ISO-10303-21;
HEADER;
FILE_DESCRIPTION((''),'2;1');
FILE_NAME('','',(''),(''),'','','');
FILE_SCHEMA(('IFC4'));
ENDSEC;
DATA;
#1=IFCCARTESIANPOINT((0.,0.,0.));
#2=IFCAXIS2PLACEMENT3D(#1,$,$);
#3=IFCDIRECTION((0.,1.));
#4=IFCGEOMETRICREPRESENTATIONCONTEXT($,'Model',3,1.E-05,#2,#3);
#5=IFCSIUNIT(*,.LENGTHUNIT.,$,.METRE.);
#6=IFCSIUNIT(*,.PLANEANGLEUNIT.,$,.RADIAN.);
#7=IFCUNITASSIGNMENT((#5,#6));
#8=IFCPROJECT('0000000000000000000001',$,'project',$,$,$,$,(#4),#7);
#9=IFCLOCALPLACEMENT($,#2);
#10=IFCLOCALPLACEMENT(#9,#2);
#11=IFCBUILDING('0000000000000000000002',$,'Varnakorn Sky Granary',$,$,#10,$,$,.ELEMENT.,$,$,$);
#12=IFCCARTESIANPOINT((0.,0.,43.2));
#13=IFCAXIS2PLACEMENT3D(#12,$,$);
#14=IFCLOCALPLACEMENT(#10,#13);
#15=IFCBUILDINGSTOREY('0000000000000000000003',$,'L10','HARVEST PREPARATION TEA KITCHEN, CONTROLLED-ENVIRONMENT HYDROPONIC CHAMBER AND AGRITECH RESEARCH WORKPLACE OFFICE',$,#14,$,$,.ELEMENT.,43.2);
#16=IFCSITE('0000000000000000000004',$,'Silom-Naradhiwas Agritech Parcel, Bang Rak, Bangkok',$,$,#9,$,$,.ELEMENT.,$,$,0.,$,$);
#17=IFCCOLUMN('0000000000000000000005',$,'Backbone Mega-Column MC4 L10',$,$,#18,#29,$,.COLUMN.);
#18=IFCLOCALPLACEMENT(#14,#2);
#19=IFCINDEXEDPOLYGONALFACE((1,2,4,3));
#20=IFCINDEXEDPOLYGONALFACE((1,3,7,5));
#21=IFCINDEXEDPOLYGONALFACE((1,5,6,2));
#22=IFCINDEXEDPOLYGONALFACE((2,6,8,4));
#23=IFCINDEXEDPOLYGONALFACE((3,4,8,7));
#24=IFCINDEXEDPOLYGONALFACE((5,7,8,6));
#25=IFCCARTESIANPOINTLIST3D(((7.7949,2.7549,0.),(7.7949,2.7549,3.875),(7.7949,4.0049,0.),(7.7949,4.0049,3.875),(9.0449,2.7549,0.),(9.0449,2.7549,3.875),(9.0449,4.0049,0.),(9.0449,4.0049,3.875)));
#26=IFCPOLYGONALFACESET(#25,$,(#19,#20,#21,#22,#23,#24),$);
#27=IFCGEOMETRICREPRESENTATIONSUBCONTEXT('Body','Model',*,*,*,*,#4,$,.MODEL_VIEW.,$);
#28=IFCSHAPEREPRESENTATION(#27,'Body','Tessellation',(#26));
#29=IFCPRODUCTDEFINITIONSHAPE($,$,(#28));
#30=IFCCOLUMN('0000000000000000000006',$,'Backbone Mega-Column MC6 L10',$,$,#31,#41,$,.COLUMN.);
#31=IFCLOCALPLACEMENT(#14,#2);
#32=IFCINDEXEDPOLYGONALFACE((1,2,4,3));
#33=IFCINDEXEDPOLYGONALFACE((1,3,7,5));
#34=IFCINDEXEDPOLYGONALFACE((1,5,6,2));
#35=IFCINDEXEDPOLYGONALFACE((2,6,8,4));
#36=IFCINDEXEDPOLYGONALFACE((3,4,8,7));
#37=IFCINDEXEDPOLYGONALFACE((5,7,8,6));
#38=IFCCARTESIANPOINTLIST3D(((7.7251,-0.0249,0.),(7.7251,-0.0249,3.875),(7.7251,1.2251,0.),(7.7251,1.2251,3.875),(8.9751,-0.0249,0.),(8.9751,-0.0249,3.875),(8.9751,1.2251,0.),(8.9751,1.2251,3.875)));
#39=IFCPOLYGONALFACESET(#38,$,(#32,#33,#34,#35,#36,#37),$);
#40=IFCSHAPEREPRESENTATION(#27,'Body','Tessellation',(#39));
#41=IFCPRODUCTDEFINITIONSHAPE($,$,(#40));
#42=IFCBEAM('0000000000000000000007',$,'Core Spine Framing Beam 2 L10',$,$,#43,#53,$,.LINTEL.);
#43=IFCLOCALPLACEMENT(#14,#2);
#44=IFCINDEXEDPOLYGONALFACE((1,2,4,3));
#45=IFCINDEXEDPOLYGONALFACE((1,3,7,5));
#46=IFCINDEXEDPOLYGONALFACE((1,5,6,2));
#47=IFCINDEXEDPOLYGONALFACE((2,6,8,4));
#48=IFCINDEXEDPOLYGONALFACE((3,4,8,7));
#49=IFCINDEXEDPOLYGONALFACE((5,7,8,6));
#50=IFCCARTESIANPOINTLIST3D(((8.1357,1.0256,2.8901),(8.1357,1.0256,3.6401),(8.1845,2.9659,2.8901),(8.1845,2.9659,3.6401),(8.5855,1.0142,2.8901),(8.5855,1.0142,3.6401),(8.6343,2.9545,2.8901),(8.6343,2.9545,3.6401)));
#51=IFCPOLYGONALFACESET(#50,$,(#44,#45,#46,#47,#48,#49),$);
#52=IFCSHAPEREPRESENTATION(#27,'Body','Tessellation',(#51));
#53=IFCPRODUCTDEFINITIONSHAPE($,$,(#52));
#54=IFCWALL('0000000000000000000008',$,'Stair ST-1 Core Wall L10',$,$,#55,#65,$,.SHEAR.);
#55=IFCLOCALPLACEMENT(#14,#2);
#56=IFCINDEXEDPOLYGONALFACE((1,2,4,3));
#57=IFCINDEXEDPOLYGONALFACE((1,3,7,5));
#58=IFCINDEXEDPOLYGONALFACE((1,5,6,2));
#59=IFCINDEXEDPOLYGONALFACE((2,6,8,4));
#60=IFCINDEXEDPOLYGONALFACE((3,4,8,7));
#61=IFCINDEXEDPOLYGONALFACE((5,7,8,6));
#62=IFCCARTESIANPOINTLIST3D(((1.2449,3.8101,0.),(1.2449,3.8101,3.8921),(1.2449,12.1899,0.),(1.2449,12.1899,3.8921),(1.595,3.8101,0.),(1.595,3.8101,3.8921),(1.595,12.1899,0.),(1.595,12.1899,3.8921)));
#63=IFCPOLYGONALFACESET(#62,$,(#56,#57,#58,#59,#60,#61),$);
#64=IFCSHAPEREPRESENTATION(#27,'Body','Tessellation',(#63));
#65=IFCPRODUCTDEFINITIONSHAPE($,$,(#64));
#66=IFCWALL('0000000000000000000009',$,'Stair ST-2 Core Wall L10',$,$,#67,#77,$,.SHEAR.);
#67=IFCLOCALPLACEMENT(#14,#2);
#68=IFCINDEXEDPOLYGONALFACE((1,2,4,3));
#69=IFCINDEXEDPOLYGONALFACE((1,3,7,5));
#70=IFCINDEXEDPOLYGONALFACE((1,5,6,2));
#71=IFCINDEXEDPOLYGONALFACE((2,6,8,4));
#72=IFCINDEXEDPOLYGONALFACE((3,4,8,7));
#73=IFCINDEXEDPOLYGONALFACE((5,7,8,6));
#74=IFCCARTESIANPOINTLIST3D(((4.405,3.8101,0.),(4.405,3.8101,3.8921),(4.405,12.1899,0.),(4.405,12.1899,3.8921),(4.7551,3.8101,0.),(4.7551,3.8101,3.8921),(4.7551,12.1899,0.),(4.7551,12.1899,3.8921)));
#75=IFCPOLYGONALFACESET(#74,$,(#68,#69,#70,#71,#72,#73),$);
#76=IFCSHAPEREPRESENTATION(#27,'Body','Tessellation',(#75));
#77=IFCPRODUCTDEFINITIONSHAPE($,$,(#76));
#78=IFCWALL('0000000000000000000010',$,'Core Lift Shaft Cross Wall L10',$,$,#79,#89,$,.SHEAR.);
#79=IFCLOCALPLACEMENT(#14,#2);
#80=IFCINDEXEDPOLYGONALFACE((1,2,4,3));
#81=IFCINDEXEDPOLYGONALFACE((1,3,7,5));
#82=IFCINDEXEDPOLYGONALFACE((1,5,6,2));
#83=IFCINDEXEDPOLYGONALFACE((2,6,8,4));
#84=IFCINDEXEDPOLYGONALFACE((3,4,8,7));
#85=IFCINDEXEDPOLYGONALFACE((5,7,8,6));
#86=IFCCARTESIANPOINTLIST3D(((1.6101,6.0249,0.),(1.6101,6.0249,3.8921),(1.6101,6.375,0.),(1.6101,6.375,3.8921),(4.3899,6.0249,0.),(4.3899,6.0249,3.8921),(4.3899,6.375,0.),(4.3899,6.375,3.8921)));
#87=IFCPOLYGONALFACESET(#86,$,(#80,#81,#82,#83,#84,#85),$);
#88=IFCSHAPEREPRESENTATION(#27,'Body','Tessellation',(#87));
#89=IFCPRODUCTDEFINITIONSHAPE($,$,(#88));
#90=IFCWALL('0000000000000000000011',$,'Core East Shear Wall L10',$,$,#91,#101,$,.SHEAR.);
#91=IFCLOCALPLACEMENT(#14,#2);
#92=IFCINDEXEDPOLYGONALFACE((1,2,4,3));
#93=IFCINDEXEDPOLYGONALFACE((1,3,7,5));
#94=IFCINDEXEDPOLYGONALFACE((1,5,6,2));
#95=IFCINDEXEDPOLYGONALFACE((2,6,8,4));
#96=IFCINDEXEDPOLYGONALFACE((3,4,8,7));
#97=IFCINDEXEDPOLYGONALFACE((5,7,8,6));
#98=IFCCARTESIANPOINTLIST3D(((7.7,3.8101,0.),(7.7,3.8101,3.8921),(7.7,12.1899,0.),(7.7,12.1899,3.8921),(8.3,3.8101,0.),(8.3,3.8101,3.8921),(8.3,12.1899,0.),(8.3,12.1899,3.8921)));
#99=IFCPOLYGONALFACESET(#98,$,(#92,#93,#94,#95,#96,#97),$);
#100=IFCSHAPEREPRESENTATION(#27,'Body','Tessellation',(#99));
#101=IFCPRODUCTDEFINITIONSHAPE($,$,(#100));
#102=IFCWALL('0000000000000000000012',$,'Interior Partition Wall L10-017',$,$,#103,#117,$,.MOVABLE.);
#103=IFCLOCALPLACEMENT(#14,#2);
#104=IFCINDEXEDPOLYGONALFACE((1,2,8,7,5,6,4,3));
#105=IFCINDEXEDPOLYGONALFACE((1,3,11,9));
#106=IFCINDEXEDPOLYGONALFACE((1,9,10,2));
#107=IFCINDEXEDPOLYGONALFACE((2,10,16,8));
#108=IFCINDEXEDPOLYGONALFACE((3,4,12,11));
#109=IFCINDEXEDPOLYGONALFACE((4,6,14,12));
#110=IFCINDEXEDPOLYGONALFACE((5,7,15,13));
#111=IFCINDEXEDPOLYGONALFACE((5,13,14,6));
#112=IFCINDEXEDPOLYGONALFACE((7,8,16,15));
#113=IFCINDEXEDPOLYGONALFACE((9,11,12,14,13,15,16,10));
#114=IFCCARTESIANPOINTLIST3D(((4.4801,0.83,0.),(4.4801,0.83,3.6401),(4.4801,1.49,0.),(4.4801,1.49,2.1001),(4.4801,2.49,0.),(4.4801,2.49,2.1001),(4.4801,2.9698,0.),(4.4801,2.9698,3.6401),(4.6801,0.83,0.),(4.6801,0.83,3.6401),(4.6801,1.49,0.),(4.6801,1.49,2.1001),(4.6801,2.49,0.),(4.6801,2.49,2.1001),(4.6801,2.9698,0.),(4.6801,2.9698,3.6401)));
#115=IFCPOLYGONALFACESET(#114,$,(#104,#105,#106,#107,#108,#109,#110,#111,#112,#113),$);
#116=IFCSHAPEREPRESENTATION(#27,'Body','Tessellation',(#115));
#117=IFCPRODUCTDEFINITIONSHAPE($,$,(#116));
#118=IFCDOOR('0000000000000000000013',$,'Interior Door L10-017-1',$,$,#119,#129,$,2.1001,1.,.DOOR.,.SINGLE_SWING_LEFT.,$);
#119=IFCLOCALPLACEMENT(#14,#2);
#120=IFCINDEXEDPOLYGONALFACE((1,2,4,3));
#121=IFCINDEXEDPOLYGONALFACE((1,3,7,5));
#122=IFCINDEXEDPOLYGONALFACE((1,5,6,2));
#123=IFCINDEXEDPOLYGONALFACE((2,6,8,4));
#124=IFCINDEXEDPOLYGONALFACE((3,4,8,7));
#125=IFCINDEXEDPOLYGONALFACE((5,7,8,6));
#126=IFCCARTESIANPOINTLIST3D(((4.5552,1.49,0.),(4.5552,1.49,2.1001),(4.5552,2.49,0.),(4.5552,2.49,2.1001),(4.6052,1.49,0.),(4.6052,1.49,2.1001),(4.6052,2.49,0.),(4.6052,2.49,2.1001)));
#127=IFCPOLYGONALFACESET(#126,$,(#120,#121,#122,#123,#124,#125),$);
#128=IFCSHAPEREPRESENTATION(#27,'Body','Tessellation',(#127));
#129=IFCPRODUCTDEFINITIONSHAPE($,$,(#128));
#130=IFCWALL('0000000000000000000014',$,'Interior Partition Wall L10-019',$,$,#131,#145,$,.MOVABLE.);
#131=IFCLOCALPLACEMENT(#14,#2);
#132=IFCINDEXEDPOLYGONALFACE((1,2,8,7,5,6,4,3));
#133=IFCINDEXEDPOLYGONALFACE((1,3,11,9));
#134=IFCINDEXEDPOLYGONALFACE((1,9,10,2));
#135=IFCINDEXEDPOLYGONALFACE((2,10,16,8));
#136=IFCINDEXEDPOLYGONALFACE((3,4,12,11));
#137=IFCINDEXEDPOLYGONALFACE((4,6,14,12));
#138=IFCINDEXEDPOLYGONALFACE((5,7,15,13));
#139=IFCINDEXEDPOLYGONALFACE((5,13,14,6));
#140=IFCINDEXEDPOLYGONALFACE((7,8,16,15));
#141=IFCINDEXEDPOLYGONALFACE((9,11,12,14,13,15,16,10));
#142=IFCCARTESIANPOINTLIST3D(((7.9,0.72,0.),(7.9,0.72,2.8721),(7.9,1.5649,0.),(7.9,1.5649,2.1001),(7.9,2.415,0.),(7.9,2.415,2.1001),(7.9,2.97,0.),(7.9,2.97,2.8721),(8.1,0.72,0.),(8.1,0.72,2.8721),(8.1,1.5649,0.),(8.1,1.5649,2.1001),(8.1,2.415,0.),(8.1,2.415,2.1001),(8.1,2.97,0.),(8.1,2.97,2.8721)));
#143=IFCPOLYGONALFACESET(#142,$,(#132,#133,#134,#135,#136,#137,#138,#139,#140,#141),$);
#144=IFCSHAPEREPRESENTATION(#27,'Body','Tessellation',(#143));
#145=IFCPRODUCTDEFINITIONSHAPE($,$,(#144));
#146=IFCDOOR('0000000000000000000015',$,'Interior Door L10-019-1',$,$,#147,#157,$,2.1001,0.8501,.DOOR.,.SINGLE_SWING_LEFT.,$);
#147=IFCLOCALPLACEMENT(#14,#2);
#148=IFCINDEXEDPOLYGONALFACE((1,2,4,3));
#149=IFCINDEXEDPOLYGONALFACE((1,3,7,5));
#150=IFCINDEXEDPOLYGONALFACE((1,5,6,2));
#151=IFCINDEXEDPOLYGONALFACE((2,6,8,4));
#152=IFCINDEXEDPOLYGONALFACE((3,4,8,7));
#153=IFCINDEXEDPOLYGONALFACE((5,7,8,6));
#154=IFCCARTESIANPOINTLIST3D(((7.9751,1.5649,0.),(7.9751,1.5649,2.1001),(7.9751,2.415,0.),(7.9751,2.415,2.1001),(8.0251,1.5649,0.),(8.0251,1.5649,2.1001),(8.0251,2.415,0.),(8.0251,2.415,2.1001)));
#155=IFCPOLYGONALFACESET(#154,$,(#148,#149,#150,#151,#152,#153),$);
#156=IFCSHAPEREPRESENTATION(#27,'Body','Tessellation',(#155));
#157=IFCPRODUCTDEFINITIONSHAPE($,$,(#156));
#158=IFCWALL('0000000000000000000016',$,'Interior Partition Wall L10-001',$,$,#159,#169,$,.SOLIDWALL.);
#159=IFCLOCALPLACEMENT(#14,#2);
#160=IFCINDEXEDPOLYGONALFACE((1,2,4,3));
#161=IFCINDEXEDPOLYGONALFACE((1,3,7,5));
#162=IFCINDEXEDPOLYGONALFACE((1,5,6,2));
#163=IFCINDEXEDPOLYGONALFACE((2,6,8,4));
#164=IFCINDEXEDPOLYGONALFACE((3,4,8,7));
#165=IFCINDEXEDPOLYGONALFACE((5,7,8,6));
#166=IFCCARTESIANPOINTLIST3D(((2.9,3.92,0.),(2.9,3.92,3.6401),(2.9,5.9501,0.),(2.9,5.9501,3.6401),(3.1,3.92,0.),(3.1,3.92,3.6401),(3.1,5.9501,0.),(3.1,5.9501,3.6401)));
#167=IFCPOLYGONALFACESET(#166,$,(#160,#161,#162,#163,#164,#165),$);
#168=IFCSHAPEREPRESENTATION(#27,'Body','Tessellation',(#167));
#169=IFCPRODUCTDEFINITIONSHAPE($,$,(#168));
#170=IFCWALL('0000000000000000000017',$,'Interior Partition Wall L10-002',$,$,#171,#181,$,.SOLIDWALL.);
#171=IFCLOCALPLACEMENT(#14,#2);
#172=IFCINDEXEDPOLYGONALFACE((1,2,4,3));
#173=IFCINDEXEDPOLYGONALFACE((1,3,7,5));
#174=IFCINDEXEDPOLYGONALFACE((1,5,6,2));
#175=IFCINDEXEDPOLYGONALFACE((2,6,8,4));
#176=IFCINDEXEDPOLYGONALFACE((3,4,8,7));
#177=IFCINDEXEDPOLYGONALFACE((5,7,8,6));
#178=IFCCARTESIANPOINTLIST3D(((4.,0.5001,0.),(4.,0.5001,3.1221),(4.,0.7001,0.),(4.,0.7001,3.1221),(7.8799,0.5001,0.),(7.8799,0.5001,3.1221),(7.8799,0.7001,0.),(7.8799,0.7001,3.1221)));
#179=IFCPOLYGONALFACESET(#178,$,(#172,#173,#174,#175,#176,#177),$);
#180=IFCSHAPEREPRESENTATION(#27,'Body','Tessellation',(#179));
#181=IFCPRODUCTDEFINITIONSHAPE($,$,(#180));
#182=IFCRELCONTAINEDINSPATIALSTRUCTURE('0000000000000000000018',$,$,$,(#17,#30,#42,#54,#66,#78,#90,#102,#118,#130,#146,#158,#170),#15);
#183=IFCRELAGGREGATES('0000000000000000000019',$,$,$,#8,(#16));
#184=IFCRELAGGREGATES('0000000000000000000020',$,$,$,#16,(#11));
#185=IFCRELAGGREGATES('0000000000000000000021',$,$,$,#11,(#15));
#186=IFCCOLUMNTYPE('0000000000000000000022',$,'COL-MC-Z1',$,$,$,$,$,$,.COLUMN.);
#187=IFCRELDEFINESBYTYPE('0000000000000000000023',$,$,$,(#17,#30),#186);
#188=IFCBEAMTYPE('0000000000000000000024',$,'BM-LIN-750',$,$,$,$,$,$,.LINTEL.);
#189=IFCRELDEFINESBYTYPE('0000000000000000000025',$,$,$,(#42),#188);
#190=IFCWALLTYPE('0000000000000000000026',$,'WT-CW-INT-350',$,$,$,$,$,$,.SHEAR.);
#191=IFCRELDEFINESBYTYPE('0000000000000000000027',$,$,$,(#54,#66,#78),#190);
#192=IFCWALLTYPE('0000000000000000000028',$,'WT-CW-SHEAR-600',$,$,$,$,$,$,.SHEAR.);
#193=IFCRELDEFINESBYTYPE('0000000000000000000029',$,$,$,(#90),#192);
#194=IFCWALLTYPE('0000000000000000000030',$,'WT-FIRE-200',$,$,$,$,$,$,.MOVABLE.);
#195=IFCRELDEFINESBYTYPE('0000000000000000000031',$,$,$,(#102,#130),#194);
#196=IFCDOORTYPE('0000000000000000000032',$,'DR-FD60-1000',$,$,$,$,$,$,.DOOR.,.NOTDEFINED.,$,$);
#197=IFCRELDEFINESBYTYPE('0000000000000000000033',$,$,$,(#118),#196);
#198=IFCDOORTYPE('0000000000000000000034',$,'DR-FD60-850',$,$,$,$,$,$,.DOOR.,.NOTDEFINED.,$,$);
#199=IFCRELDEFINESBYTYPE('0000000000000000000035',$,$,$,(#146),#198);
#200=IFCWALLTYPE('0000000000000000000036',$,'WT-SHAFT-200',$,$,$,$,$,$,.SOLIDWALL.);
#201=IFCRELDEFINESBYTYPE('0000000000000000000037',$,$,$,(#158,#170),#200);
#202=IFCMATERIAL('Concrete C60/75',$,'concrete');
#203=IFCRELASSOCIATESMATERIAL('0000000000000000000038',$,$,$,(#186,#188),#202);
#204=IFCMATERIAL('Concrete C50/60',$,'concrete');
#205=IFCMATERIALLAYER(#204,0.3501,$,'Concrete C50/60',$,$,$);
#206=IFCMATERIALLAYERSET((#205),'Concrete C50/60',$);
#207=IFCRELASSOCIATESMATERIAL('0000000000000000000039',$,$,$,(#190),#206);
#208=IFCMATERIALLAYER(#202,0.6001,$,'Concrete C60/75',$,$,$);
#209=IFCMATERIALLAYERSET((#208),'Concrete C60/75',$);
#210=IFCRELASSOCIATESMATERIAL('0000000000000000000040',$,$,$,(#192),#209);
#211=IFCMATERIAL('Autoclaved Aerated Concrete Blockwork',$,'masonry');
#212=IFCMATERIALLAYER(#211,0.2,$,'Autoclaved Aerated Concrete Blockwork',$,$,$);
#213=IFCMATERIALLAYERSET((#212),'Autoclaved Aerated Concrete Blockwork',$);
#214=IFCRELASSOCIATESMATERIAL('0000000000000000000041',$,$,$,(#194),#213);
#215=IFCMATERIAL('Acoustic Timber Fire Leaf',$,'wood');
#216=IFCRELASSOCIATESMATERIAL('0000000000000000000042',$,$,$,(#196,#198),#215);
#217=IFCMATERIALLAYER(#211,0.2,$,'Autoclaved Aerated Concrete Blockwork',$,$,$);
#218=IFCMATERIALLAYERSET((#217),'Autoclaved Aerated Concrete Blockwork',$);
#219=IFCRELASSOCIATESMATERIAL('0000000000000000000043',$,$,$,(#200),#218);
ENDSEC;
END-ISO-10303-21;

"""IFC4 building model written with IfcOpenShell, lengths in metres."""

from ifc_helpers import new_model, si_unit, direction, frame, frame_2d, origin, origin_2d, place, context, subcontext, project, spatial, rectangle, extrude, material, layer, layer_set, material_profile, profile_set, type_object, element, fill, save


model = new_model("IFC4")

# Units and contexts
model_context = context("Model", 3, precision=1e-05, world=origin(), true_north=direction((0.0, 1.0)))
body_context = subcontext(model_context, "Body", "Model", "MODEL_VIEW")
ifc_project = project(units=[si_unit("LENGTHUNIT", "METRE"), si_unit("PLANEANGLEUNIT", "RADIAN")], contexts=[model_context])

# Site, building, storey
site_placement = place(None, origin())
site = spatial("IfcSite", under=ifc_project, at=site_placement, Name="Silom-Naradhiwas Agritech Parcel, Bang Rak, Bangkok", CompositionType="ELEMENT", RefElevation=0.0)
building_placement = place(site_placement, origin())
building = spatial("IfcBuilding", under=site, at=building_placement, Name="Varnakorn Sky Granary", CompositionType="ELEMENT")
storey_placement = place(building_placement, frame((0.0, 0.0, 43.2)))
storey = spatial("IfcBuildingStorey", under=building, at=storey_placement, Name="L10", Description="HARVEST PREPARATION TEA KITCHEN, CONTROLLED-ENVIRONMENT HYDROPONIC CHAMBER AND AGRITECH RESEARCH WORKPLACE OFFICE", CompositionType="ELEMENT", Elevation=43.2)

# Columns
ifc_material_1 = material(Name="Concrete C60/75", Category="concrete")
ifc_material_profile_1 = material_profile(ifc_material_1, rectangle(XDim=1.25, YDim=1.25, at=origin_2d()), Name="RC 1250x1250")
ifc_profile_set_1 = profile_set([ifc_material_profile_1], Name="Concrete C60/75")
column_type = type_object("IfcColumnType", Name="COL-MC-Z1", PredefinedType="COLUMN", material=ifc_profile_set_1)
for number, where, z_axis, x_axis, name in (
    (1, (8.4199, 3.3799, 0.0), (0.0, 0.0, 1.0), (1.0, 0.0, 0.0), "Backbone Mega-Column MC4 L10"),
    (2, (8.3501, 0.6001, 0.0), (0.0, 0.0, 1.0), (1.0, 0.0, 0.0), "Backbone Mega-Column MC6 L10"),
):
    element("IfcColumn", number, at=place(storey_placement, frame(where, z_axis=z_axis, x_axis=x_axis)), inside=storey, type_object=column_type, Name=name, PredefinedType="COLUMN", context=body_context, shape_type="SweptSolid", body=[
        extrude(rectangle(XDim=1.25, YDim=1.25, at=origin_2d()), origin(), (0.0, 0.0, 1.0), 3.875),
    ])

# Beam
ifc_material_profile_2 = material_profile(ifc_material_1, rectangle(XDim=0.45, YDim=0.75, at=origin_2d()), Name="RC 450x750")
ifc_profile_set_2 = profile_set([ifc_material_profile_2], Name="Concrete C60/75")
beam_type = type_object("IfcBeamType", Name="BM-LIN-750", PredefinedType="LINTEL", material=ifc_profile_set_2)
beam_placement = place(storey_placement, frame((8.4094, 2.9602, 3.2651), z_axis=(-0.025159, -0.999683, 0.0), x_axis=(0.999683, -0.025159, 0.0)))
element("IfcBeam", 3, at=beam_placement, inside=storey, type_object=beam_type, Name="Core Spine Framing Beam 2 L10", PredefinedType="LINTEL", context=body_context, shape_type="SweptSolid", body=[
    extrude(rectangle(XDim=0.45, YDim=0.75, at=origin_2d()), origin(), (0.0, 0.0, 1.0), 1.9409),
])

# Walls
ifc_material_2 = material(Name="Concrete C50/60", Category="concrete")
ifc_layer_1 = layer(ifc_material_2, 0.3501, Name="Concrete C50/60")
ifc_layer_set_1 = layer_set([ifc_layer_1], Name="Concrete C50/60")
wall_type_1 = type_object("IfcWallType", Name="WT-CW-INT-350", PredefinedType="SHEAR", material=ifc_layer_set_1)
for number, where, z_axis, x_axis, name in (
    (4, (1.4199, 3.8101, 0.0), (0.0, 0.0, 1.0), (0.0, 1.0, 0.0), "Stair ST-1 Core Wall L10"),
    (5, (4.5801, 3.8101, 0.0), (0.0, 0.0, 1.0), (0.0, 1.0, 0.0), "Stair ST-2 Core Wall L10"),
):
    element("IfcWall", number, at=place(storey_placement, frame(where, z_axis=z_axis, x_axis=x_axis)), inside=storey, type_object=wall_type_1, Name=name, PredefinedType="SHEAR", context=body_context, shape_type="SweptSolid", body=[
        extrude(rectangle(XDim=8.3799, YDim=0.3501, at=frame_2d((4.1899, 0.0))), origin(), (0.0, 0.0, 1.0), 3.8921),
    ])
wall_1_placement = place(storey_placement, frame((1.6101, 6.2, 0.0), z_axis=(0.0, 0.0, 1.0), x_axis=(1.0, 0.0, 0.0)))
element("IfcWall", 6, at=wall_1_placement, inside=storey, type_object=wall_type_1, Name="Core Lift Shaft Cross Wall L10", PredefinedType="SHEAR", context=body_context, shape_type="SweptSolid", body=[
    extrude(rectangle(XDim=2.7798, YDim=0.3501, at=frame_2d((1.3899, 0.0))), origin(), (0.0, 0.0, 1.0), 3.8921),
])
ifc_layer_2 = layer(ifc_material_1, 0.6001, Name="Concrete C60/75")
ifc_layer_set_2 = layer_set([ifc_layer_2], Name="Concrete C60/75")
wall_type_2 = type_object("IfcWallType", Name="WT-CW-SHEAR-600", PredefinedType="SHEAR", material=ifc_layer_set_2)
wall_2_placement = place(storey_placement, frame((8.0, 3.8101, 0.0), z_axis=(0.0, 0.0, 1.0), x_axis=(0.0, 1.0, 0.0)))
element("IfcWall", 7, at=wall_2_placement, inside=storey, type_object=wall_type_2, Name="Core East Shear Wall L10", PredefinedType="SHEAR", context=body_context, shape_type="SweptSolid", body=[
    extrude(rectangle(XDim=8.3799, YDim=0.6001, at=frame_2d((4.1899, 0.0))), origin(), (0.0, 0.0, 1.0), 3.8921),
])

# Walls, openings, doors
ifc_material_3 = material(Name="Autoclaved Aerated Concrete Blockwork", Category="masonry")
ifc_layer_3 = layer(ifc_material_3, 0.2, Name="Autoclaved Aerated Concrete Blockwork")
ifc_layer_set_3 = layer_set([ifc_layer_3], Name="Autoclaved Aerated Concrete Blockwork")
wall_type_3 = type_object("IfcWallType", Name="WT-FIRE-200", PredefinedType="MOVABLE", material=ifc_layer_set_3)
wall_3_placement = place(storey_placement, frame((4.5801, 0.8301, 0.0), z_axis=(0.0, 0.0, 1.0), x_axis=(0.0, 1.0, 0.0)))
wall_3 = element("IfcWall", 8, at=wall_3_placement, inside=storey, type_object=wall_type_3, Name="Interior Partition Wall L10-017", PredefinedType="MOVABLE", context=body_context, shape_type="SweptSolid", body=[
    extrude(rectangle(XDim=2.1399, YDim=0.2, at=frame_2d((1.0698, 0.0))), origin(), (0.0, 0.0, 1.0), 3.6401),
])
opening_1_placement = place(wall_3_placement, frame((0.6599, 0.0, 0.0)))
opening_1 = element("IfcOpeningElement", 9, at=opening_1_placement, cuts=wall_3, PredefinedType="OPENING", context=body_context, shape_type="SweptSolid", body=[
    extrude(rectangle(XDim=1.0, YDim=2.1001, at=frame_2d((0.5, 1.05))), frame((0.0, 0.1099, 0.0), z_axis=(0.0, -1.0, 0.0), x_axis=(1.0, 0.0, 0.0)), (0.0, 0.0, 1.0), 0.22),
])
ifc_material_4 = material(Name="Acoustic Timber Fire Leaf", Category="wood")
door_type_1 = type_object("IfcDoorType", Name="DR-FD60-1000", OperationType="NOTDEFINED", PredefinedType="DOOR", material=ifc_material_4)
door_1_placement = place(opening_1_placement, origin())
door_1 = element("IfcDoor", 10, at=door_1_placement, inside=storey, type_object=door_type_1, Name="Interior Door L10-017-1", OperationType="SINGLE_SWING_LEFT", OverallHeight=2.1001, OverallWidth=1.0, PredefinedType="DOOR", context=body_context, shape_type="SweptSolid", body=[
    extrude(rectangle(XDim=1.0, YDim=2.1001, at=frame_2d((0.5, 1.05))), frame((0.0, 0.0249, 0.0), z_axis=(0.0, -1.0, 0.0), x_axis=(1.0, 0.0, 0.0)), (0.0, 0.0, 1.0), 0.05),
])
fill(opening_1, door_1)
wall_4_placement = place(storey_placement, frame((8.0, 0.72, 0.0), z_axis=(0.0, 0.0, 1.0), x_axis=(0.0, 1.0, 0.0)))
wall_4 = element("IfcWall", 11, at=wall_4_placement, inside=storey, type_object=wall_type_3, Name="Interior Partition Wall L10-019", PredefinedType="MOVABLE", context=body_context, shape_type="SweptSolid", body=[
    extrude(rectangle(XDim=2.25, YDim=0.2, at=frame_2d((1.125, 0.0))), origin(), (0.0, 0.0, 1.0), 2.8721),
])
opening_2_placement = place(wall_4_placement, frame((0.845, 0.0, 0.0)))
opening_2 = element("IfcOpeningElement", 12, at=opening_2_placement, cuts=wall_4, PredefinedType="OPENING", context=body_context, shape_type="SweptSolid", body=[
    extrude(rectangle(XDim=0.8501, YDim=2.1001, at=frame_2d((0.425, 1.05))), frame((0.0, 0.1099, 0.0), z_axis=(0.0, -1.0, 0.0), x_axis=(1.0, 0.0, 0.0)), (0.0, 0.0, 1.0), 0.22),
])
door_type_2 = type_object("IfcDoorType", Name="DR-FD60-850", OperationType="NOTDEFINED", PredefinedType="DOOR", material=ifc_material_4)
door_2_placement = place(opening_2_placement, origin())
door_2 = element("IfcDoor", 13, at=door_2_placement, inside=storey, type_object=door_type_2, Name="Interior Door L10-019-1", OperationType="SINGLE_SWING_LEFT", OverallHeight=2.1001, OverallWidth=0.8501, PredefinedType="DOOR", context=body_context, shape_type="SweptSolid", body=[
    extrude(rectangle(XDim=0.8501, YDim=2.1001, at=frame_2d((0.425, 1.05))), frame((0.0, 0.0249, 0.0), z_axis=(0.0, -1.0, 0.0), x_axis=(1.0, 0.0, 0.0)), (0.0, 0.0, 1.0), 0.05),
])
fill(opening_2, door_2)

# Walls
ifc_layer_4 = layer(ifc_material_3, 0.2, Name="Autoclaved Aerated Concrete Blockwork")
ifc_layer_set_4 = layer_set([ifc_layer_4], Name="Autoclaved Aerated Concrete Blockwork")
wall_type_4 = type_object("IfcWallType", Name="WT-SHAFT-200", PredefinedType="SOLIDWALL", material=ifc_layer_set_4)
wall_5_placement = place(storey_placement, frame((3.0, 3.9199, 0.0), z_axis=(0.0, 0.0, 1.0), x_axis=(0.0, 1.0, 0.0)))
element("IfcWall", 14, at=wall_5_placement, inside=storey, type_object=wall_type_4, Name="Interior Partition Wall L10-001", PredefinedType="SOLIDWALL", context=body_context, shape_type="SweptSolid", body=[
    extrude(rectangle(XDim=2.03, YDim=0.2, at=frame_2d((1.0151, 0.0))), origin(), (0.0, 0.0, 1.0), 3.6401),
])
wall_6_placement = place(storey_placement, frame((4.0, 0.6001, 0.0), z_axis=(0.0, 0.0, 1.0), x_axis=(1.0, 0.0, 0.0)))
element("IfcWall", 15, at=wall_6_placement, inside=storey, type_object=wall_type_4, Name="Interior Partition Wall L10-002", PredefinedType="SOLIDWALL", context=body_context, shape_type="SweptSolid", body=[
    extrude(rectangle(XDim=3.8799, YDim=0.2, at=frame_2d((1.9399, 0.0))), origin(), (0.0, 0.0, 1.0), 3.1221),
])

save(model, "model.ifc")
